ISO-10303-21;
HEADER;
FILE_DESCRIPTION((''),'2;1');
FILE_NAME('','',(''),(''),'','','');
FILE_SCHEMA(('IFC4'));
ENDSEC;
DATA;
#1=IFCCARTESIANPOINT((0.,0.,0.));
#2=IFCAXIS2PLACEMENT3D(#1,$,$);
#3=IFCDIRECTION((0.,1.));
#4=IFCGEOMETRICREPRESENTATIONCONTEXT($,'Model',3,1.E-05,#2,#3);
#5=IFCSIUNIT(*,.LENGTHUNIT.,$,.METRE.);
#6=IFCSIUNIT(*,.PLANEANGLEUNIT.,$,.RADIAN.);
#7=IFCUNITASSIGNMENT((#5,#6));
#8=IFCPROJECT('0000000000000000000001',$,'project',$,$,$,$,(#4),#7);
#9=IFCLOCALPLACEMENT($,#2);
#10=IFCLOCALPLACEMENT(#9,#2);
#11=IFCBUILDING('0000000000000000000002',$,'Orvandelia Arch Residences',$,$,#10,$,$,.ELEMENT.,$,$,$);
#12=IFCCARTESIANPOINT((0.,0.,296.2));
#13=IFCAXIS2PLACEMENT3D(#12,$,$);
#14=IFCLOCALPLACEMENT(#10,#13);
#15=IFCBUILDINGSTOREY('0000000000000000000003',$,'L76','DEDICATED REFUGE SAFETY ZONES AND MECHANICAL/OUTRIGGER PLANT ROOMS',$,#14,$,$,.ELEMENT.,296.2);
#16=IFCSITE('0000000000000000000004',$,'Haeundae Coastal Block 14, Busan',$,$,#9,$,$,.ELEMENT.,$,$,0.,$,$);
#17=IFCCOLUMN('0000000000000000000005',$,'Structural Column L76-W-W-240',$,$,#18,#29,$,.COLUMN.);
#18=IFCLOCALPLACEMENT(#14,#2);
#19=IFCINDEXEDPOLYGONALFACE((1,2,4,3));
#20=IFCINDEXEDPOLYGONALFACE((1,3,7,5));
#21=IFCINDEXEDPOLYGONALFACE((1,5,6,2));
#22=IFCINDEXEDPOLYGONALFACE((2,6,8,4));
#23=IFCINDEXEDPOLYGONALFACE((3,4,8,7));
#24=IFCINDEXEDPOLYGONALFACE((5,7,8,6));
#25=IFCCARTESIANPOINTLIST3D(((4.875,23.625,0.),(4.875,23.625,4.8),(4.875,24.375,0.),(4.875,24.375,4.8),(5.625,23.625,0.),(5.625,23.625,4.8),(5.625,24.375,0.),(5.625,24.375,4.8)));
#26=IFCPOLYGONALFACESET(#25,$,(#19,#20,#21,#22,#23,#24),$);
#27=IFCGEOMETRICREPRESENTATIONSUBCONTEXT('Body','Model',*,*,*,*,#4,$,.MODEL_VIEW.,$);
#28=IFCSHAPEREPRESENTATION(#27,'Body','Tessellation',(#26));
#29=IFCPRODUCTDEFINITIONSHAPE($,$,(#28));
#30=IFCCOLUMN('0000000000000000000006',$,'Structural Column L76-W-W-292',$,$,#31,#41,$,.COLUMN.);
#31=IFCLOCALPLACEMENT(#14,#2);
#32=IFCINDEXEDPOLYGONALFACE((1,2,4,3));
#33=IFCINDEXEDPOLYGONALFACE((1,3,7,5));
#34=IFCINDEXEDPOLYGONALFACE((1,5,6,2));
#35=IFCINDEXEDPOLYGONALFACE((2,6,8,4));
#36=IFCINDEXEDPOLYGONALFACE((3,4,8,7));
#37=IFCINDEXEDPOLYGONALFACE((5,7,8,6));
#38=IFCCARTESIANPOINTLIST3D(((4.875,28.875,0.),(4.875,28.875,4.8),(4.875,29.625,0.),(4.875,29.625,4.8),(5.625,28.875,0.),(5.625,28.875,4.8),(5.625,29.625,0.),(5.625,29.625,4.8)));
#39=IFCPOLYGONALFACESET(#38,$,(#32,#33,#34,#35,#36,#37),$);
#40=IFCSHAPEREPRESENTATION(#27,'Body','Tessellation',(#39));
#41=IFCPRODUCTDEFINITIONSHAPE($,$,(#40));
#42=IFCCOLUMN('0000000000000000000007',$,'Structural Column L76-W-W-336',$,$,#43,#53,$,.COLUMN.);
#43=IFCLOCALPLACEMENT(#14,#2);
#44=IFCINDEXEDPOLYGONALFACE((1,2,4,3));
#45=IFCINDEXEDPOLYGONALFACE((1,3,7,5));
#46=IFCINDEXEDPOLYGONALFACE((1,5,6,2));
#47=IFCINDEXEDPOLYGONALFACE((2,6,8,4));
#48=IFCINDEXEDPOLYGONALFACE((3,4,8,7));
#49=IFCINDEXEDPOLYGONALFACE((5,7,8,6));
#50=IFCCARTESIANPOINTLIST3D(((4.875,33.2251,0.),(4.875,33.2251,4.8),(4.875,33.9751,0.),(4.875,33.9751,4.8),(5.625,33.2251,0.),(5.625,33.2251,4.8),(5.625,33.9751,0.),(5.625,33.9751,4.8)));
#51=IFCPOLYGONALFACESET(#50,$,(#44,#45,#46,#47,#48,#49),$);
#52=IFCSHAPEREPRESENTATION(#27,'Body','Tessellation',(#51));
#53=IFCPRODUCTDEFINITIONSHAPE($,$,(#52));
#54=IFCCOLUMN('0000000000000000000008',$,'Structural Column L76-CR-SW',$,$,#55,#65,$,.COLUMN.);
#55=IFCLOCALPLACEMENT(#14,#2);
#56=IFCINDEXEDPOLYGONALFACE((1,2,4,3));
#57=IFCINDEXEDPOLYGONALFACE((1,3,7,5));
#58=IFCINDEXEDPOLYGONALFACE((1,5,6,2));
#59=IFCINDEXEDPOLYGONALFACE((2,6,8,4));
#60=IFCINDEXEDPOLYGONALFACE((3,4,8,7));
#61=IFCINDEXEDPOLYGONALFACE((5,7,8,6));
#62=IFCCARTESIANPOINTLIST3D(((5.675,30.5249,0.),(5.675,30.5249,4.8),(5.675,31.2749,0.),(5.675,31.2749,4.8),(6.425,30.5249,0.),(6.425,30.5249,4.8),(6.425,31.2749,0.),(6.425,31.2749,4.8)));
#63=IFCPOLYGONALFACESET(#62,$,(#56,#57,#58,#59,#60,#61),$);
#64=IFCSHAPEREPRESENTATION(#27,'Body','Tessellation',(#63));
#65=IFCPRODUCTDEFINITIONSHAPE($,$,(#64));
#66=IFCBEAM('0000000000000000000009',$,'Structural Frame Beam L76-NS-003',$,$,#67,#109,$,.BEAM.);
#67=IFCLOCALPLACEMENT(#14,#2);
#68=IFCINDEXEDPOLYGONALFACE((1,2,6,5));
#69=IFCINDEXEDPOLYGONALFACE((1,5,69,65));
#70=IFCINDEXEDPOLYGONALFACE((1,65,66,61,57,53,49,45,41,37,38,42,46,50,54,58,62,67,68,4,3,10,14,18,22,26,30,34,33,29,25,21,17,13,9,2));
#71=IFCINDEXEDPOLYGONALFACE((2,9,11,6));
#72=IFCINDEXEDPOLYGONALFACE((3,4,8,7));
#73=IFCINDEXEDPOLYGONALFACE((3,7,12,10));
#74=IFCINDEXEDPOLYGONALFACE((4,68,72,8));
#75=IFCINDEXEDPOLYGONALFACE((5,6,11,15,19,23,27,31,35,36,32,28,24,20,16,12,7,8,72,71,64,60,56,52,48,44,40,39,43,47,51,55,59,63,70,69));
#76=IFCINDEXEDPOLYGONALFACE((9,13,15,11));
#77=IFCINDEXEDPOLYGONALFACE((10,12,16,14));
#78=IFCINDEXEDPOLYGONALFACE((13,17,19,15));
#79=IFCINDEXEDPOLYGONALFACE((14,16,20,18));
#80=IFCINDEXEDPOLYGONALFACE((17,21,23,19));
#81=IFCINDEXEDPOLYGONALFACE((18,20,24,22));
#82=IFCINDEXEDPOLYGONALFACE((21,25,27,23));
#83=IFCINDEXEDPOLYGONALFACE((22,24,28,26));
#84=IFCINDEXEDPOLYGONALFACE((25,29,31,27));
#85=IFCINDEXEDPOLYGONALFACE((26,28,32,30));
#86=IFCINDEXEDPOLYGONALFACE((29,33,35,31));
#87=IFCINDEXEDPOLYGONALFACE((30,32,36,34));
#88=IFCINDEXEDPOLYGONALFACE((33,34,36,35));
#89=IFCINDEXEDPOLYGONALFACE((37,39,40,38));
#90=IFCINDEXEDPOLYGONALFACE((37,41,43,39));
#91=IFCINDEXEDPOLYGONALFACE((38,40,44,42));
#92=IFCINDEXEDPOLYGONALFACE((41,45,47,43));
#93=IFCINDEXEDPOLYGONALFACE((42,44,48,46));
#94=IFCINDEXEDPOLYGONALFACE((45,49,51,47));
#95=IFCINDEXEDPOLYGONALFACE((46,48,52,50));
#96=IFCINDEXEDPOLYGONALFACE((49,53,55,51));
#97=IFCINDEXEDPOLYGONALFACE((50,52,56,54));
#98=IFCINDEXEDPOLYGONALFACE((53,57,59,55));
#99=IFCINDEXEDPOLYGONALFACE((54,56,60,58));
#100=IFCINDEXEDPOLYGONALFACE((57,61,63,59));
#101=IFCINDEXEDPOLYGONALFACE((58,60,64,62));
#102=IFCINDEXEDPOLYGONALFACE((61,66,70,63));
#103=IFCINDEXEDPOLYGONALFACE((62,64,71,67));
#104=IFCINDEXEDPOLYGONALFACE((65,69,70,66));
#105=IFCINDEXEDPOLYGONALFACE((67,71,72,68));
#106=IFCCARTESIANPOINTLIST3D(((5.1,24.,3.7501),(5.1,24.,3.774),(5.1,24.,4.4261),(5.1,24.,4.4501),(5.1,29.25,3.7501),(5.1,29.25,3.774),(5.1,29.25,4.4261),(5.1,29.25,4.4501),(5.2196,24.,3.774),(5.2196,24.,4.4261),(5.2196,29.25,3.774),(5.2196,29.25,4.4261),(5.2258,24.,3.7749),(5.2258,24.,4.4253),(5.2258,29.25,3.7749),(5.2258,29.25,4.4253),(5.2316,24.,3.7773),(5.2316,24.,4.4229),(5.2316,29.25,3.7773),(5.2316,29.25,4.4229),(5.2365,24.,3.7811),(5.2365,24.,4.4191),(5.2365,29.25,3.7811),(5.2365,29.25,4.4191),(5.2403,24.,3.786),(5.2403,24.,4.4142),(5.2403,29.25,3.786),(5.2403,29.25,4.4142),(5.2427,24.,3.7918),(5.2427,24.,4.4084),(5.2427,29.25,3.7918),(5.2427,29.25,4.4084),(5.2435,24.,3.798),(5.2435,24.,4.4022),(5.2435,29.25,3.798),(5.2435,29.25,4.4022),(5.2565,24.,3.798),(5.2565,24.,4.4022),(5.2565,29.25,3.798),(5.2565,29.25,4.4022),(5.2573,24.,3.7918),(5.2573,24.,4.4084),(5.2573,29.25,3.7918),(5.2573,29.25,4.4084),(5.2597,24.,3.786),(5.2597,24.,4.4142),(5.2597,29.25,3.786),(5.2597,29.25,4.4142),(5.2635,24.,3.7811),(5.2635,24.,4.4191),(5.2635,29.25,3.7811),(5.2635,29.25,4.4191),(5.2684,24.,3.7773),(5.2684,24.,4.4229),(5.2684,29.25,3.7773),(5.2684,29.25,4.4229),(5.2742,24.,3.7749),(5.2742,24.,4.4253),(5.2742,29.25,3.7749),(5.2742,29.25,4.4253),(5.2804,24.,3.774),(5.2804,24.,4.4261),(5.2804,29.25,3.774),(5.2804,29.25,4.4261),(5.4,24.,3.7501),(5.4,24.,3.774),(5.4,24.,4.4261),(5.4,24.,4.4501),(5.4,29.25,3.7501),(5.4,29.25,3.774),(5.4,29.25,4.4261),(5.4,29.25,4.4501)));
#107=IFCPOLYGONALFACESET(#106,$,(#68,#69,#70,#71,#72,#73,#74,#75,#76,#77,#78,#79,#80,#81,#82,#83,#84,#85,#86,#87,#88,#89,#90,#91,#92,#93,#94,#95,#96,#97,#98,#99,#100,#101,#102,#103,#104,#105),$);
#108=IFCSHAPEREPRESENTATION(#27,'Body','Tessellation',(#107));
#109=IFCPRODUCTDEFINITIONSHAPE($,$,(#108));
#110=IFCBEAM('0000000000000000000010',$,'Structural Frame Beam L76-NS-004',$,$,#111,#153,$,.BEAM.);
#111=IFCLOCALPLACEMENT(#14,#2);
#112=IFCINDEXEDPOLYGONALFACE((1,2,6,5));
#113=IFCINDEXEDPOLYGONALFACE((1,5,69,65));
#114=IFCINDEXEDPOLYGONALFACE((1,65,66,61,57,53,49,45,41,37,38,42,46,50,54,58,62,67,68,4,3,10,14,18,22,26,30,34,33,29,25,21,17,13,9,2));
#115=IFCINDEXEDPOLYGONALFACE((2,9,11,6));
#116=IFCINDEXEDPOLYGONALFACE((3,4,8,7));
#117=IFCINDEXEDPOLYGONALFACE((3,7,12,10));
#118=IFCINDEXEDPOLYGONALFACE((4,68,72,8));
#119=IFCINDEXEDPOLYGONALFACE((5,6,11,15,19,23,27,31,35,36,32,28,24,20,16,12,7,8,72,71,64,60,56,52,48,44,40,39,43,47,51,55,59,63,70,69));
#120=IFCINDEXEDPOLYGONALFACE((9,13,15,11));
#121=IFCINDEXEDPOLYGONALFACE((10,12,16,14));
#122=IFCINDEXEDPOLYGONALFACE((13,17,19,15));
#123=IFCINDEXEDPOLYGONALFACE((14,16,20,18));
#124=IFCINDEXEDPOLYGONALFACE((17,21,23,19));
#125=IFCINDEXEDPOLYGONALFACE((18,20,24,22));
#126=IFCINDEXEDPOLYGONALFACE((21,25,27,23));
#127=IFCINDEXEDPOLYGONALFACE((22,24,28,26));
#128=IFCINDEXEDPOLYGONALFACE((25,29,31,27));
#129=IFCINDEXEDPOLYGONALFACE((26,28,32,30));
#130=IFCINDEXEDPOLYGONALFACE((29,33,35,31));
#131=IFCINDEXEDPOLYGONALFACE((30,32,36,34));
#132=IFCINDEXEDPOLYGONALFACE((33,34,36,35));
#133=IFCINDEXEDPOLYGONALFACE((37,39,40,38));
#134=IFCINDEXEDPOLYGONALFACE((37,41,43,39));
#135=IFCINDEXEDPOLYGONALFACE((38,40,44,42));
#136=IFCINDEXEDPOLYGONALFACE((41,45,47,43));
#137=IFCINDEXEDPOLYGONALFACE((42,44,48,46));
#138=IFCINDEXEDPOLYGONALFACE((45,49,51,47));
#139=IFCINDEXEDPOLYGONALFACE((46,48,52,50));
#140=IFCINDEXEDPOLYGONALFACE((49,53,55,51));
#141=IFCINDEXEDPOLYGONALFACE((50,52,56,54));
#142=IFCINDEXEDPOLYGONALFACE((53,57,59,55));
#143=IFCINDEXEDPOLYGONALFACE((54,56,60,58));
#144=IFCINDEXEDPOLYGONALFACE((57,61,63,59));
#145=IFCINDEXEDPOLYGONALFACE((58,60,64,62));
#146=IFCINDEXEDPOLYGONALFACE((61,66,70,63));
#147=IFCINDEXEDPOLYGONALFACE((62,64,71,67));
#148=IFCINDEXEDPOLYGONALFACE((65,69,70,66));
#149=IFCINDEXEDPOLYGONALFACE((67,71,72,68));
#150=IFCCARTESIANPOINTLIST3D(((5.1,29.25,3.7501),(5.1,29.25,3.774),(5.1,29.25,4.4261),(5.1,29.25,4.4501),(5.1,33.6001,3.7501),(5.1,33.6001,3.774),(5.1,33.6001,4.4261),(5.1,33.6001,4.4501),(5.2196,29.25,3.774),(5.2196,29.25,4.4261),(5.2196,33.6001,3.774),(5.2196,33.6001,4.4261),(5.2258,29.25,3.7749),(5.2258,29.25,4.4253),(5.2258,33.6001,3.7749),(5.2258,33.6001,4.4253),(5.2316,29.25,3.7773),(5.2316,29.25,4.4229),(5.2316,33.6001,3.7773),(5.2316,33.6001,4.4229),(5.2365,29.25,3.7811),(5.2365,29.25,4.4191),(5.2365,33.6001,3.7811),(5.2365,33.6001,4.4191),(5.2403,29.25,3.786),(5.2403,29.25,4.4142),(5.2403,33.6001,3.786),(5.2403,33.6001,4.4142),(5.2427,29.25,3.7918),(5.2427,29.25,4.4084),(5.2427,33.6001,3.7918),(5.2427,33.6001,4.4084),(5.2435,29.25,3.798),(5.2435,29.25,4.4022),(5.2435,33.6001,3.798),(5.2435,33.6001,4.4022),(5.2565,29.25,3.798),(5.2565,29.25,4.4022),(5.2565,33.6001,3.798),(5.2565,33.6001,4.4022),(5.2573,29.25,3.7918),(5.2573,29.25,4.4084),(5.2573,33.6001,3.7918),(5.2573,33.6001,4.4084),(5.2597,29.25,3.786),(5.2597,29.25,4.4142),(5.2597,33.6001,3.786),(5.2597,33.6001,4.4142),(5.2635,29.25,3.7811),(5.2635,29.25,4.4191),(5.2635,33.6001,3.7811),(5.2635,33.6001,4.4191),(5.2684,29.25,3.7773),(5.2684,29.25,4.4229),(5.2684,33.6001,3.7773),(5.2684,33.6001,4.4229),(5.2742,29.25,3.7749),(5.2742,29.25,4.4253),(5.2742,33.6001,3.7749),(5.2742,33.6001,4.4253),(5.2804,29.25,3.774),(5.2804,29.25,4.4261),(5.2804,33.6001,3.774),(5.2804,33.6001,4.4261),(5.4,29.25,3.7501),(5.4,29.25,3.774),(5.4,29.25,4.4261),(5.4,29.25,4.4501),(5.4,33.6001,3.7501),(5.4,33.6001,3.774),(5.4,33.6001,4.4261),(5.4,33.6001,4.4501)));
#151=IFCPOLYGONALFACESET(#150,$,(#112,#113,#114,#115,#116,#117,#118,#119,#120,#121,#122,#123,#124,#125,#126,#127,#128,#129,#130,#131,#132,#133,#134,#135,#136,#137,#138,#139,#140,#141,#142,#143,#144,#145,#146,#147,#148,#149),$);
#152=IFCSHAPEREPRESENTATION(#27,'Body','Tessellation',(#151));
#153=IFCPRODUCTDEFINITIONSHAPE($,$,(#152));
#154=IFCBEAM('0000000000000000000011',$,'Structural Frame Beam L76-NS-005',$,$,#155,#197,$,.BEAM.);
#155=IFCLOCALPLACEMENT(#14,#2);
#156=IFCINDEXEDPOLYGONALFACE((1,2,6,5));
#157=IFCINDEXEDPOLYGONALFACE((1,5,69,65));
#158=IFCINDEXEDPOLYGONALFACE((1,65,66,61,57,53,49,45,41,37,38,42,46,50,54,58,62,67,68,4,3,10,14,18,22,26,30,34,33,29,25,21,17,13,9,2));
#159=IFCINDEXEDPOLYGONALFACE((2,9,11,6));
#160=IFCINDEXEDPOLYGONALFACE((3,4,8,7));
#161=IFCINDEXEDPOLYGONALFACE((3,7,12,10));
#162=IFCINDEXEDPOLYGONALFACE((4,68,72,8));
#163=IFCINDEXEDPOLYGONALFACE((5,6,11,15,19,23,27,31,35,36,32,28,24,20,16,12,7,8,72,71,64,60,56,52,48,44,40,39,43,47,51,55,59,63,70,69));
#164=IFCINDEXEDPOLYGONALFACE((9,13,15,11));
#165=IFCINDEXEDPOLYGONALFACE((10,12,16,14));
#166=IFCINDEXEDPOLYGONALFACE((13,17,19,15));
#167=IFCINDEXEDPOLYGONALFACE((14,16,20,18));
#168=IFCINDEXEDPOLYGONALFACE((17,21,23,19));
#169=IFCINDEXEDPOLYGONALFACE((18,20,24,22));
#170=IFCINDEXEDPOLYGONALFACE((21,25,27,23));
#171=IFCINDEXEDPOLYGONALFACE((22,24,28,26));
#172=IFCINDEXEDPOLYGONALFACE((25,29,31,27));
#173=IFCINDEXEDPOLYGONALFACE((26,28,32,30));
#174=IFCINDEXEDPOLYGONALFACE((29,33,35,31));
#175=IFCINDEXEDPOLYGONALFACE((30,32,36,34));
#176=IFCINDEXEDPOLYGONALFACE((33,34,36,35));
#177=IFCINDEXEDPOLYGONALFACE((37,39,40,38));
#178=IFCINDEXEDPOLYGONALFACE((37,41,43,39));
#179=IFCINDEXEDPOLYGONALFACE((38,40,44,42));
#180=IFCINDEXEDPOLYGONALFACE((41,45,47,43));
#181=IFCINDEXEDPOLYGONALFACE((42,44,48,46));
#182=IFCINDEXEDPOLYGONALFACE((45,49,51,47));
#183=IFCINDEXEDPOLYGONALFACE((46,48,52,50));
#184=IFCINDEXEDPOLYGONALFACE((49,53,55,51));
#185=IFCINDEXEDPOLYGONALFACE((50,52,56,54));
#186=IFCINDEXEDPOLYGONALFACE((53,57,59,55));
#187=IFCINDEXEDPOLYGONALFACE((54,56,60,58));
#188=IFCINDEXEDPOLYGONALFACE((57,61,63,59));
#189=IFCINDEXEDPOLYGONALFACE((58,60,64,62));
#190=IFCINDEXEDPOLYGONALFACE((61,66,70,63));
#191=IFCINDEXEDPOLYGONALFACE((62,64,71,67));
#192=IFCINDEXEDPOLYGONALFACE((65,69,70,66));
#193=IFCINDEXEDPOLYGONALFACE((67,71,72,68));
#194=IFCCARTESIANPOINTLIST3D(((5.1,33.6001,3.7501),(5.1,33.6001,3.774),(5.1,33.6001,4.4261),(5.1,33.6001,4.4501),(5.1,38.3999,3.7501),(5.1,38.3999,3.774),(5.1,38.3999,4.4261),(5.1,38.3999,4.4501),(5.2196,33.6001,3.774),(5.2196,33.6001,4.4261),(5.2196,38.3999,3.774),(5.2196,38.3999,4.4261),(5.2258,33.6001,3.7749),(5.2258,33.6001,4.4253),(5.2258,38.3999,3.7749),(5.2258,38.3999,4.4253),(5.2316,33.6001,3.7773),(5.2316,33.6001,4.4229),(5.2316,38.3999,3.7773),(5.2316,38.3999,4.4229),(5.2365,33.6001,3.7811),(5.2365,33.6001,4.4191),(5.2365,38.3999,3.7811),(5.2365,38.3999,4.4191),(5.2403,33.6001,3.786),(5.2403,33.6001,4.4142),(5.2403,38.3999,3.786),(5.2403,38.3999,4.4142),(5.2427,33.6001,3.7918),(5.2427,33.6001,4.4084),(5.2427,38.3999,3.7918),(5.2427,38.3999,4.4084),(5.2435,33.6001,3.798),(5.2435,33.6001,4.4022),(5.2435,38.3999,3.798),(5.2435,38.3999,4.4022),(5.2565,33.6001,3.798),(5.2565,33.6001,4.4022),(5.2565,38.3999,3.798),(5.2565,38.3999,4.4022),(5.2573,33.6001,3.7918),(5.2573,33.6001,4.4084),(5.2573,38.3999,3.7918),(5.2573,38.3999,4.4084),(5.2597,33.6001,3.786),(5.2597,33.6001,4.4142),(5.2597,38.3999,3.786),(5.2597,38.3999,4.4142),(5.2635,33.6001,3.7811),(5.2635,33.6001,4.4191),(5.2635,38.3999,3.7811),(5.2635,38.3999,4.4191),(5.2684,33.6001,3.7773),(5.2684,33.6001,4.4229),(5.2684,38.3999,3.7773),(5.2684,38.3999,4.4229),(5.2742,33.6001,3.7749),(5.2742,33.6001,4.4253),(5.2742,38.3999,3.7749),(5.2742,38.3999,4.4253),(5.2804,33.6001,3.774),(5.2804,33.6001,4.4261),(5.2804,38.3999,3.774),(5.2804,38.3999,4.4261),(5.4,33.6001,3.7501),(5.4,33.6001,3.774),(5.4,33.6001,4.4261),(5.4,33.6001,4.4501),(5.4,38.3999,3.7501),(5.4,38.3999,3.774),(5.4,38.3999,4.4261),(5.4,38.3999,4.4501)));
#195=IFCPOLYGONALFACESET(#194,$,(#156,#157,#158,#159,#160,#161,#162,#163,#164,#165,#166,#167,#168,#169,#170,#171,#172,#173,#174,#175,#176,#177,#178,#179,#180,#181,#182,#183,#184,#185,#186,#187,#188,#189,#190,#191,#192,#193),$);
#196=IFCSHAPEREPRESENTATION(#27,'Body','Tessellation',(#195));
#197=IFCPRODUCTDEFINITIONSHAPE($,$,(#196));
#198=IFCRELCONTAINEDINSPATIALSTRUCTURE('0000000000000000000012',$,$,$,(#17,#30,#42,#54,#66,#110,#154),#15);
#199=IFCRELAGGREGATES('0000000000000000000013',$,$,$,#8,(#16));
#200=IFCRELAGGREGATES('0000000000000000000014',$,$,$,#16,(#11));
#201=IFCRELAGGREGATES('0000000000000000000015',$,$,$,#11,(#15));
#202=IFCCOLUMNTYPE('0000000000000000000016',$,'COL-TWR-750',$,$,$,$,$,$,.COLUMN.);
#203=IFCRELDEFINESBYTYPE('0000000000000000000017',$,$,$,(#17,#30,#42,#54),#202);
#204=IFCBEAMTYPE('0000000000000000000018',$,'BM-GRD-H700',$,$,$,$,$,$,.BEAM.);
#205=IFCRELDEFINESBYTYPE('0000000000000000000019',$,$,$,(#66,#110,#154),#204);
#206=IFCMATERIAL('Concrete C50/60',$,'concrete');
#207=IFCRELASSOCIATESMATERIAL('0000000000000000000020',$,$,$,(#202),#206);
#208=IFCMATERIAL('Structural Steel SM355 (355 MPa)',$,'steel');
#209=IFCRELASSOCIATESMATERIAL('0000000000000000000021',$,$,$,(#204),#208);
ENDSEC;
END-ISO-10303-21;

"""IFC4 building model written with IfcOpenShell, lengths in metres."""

from ifc_helpers import new_model, si_unit, direction, frame, origin, origin_2d, place, context, subcontext, project, spatial, rectangle, i_section, extrude, material, material_profile, profile_set, type_object, element, save


model = new_model("IFC4")

# Units and contexts
model_context = context("Model", 3, precision=1e-05, world=origin(), true_north=direction((0.0, 1.0)))
body_context = subcontext(model_context, "Body", "Model", "MODEL_VIEW")
ifc_project = project(units=[si_unit("LENGTHUNIT", "METRE"), si_unit("PLANEANGLEUNIT", "RADIAN")], contexts=[model_context])

# Site, building, storey
site_placement = place(None, origin())
site = spatial("IfcSite", under=ifc_project, at=site_placement, Name="Haeundae Coastal Block 14, Busan", CompositionType="ELEMENT", RefElevation=0.0)
building_placement = place(site_placement, origin())
building = spatial("IfcBuilding", under=site, at=building_placement, Name="Orvandelia Arch Residences", CompositionType="ELEMENT")
storey_placement = place(building_placement, frame((0.0, 0.0, 296.2)))
storey = spatial("IfcBuildingStorey", under=building, at=storey_placement, Name="L76", Description="DEDICATED REFUGE SAFETY ZONES AND MECHANICAL/OUTRIGGER PLANT ROOMS", CompositionType="ELEMENT", Elevation=296.2)

# Columns
ifc_material_1 = material(Name="Concrete C50/60", Category="concrete")
ifc_material_profile_1 = material_profile(ifc_material_1, rectangle(XDim=0.75, YDim=0.75, at=origin_2d()), Name="Concrete C50/60", Category="concrete")
ifc_profile_set_1 = profile_set([ifc_material_profile_1], Name="Concrete C50/60")
column_type = type_object("IfcColumnType", Name="COL-TWR-750", PredefinedType="COLUMN", material=ifc_profile_set_1)
for number, where, z_axis, x_axis, name in (
    (1, (5.25, 24.0, 0.0), (0.0, 0.0, 1.0), (1.0, 0.0, 0.0), "Structural Column L76-W-W-240"),
    (2, (5.25, 29.25, 0.0), (0.0, 0.0, 1.0), (1.0, 0.0, 0.0), "Structural Column L76-W-W-292"),
    (3, (5.25, 33.6001, 0.0), (0.0, 0.0, 1.0), (1.0, 0.0, 0.0), "Structural Column L76-W-W-336"),
    (4, (6.05, 30.8999, 0.0), (0.0, 0.0, 1.0), (1.0, 0.0, 0.0), "Structural Column L76-CR-SW"),
):
    element("IfcColumn", number, at=place(storey_placement, frame(where, z_axis=z_axis, x_axis=x_axis)), inside=storey, type_object=column_type, Name=name, PredefinedType="COLUMN", context=body_context, shape_type="SweptSolid", body=[
        extrude(rectangle(XDim=0.75, YDim=0.75, at=origin_2d()), origin(), (0.0, 0.0, 1.0), 4.8),
    ])

# Beams
ifc_material_2 = material(Name="Structural Steel SM355 (355 MPa)", Category="steel")
ifc_material_profile_2 = material_profile(ifc_material_2, i_section(OverallWidth=0.3, OverallDepth=0.7, WebThickness=0.0129, FlangeThickness=0.0239, FilletRadius=0.0239, at=origin_2d()), Name="Structural Steel SM355 (355 MPa)", Category="steel")
ifc_profile_set_2 = profile_set([ifc_material_profile_2], Name="Structural Steel SM355 (355 MPa)")
beam_type_1 = type_object("IfcBeamType", Name="BM-GRD-H700", PredefinedType="BEAM", material=ifc_profile_set_2)
beam_1_placement = place(storey_placement, frame((5.25, 24.0, 4.1001), z_axis=(0.0, 1.0, 0.0), x_axis=(-1.0, 0.0, 0.0)))
element("IfcBeam", 5, at=beam_1_placement, inside=storey, type_object=beam_type_1, Name="Structural Frame Beam L76-NS-003", PredefinedType="BEAM", context=body_context, shape_type="SweptSolid", body=[
    extrude(i_section(OverallWidth=0.3, OverallDepth=0.7, WebThickness=0.0129, FlangeThickness=0.0239, FilletRadius=0.0239, at=origin_2d()), origin(), (0.0, 0.0, 1.0), 5.25),
])
beam_2_placement = place(storey_placement, frame((5.25, 29.25, 4.1001), z_axis=(0.0, 1.0, 0.0), x_axis=(-1.0, 0.0, 0.0)))
element("IfcBeam", 6, at=beam_2_placement, inside=storey, type_object=beam_type_1, Name="Structural Frame Beam L76-NS-004", PredefinedType="BEAM", context=body_context, shape_type="SweptSolid", body=[
    extrude(i_section(OverallWidth=0.3, OverallDepth=0.7, WebThickness=0.0129, FlangeThickness=0.0239, FilletRadius=0.0239, at=origin_2d()), origin(), (0.0, 0.0, 1.0), 4.3501),
])
beam_3_placement = place(storey_placement, frame((5.25, 33.6001, 4.1001), z_axis=(0.0, 1.0, 0.0), x_axis=(-1.0, 0.0, 0.0)))
element("IfcBeam", 7, at=beam_3_placement, inside=storey, type_object=beam_type_1, Name="Structural Frame Beam L76-NS-005", PredefinedType="BEAM", context=body_context, shape_type="SweptSolid", body=[
    extrude(i_section(OverallWidth=0.3, OverallDepth=0.7, WebThickness=0.0129, FlangeThickness=0.0239, FilletRadius=0.0239, at=origin_2d()), origin(), (0.0, 0.0, 1.0), 4.7998),
])

save(model, "model.ifc")
